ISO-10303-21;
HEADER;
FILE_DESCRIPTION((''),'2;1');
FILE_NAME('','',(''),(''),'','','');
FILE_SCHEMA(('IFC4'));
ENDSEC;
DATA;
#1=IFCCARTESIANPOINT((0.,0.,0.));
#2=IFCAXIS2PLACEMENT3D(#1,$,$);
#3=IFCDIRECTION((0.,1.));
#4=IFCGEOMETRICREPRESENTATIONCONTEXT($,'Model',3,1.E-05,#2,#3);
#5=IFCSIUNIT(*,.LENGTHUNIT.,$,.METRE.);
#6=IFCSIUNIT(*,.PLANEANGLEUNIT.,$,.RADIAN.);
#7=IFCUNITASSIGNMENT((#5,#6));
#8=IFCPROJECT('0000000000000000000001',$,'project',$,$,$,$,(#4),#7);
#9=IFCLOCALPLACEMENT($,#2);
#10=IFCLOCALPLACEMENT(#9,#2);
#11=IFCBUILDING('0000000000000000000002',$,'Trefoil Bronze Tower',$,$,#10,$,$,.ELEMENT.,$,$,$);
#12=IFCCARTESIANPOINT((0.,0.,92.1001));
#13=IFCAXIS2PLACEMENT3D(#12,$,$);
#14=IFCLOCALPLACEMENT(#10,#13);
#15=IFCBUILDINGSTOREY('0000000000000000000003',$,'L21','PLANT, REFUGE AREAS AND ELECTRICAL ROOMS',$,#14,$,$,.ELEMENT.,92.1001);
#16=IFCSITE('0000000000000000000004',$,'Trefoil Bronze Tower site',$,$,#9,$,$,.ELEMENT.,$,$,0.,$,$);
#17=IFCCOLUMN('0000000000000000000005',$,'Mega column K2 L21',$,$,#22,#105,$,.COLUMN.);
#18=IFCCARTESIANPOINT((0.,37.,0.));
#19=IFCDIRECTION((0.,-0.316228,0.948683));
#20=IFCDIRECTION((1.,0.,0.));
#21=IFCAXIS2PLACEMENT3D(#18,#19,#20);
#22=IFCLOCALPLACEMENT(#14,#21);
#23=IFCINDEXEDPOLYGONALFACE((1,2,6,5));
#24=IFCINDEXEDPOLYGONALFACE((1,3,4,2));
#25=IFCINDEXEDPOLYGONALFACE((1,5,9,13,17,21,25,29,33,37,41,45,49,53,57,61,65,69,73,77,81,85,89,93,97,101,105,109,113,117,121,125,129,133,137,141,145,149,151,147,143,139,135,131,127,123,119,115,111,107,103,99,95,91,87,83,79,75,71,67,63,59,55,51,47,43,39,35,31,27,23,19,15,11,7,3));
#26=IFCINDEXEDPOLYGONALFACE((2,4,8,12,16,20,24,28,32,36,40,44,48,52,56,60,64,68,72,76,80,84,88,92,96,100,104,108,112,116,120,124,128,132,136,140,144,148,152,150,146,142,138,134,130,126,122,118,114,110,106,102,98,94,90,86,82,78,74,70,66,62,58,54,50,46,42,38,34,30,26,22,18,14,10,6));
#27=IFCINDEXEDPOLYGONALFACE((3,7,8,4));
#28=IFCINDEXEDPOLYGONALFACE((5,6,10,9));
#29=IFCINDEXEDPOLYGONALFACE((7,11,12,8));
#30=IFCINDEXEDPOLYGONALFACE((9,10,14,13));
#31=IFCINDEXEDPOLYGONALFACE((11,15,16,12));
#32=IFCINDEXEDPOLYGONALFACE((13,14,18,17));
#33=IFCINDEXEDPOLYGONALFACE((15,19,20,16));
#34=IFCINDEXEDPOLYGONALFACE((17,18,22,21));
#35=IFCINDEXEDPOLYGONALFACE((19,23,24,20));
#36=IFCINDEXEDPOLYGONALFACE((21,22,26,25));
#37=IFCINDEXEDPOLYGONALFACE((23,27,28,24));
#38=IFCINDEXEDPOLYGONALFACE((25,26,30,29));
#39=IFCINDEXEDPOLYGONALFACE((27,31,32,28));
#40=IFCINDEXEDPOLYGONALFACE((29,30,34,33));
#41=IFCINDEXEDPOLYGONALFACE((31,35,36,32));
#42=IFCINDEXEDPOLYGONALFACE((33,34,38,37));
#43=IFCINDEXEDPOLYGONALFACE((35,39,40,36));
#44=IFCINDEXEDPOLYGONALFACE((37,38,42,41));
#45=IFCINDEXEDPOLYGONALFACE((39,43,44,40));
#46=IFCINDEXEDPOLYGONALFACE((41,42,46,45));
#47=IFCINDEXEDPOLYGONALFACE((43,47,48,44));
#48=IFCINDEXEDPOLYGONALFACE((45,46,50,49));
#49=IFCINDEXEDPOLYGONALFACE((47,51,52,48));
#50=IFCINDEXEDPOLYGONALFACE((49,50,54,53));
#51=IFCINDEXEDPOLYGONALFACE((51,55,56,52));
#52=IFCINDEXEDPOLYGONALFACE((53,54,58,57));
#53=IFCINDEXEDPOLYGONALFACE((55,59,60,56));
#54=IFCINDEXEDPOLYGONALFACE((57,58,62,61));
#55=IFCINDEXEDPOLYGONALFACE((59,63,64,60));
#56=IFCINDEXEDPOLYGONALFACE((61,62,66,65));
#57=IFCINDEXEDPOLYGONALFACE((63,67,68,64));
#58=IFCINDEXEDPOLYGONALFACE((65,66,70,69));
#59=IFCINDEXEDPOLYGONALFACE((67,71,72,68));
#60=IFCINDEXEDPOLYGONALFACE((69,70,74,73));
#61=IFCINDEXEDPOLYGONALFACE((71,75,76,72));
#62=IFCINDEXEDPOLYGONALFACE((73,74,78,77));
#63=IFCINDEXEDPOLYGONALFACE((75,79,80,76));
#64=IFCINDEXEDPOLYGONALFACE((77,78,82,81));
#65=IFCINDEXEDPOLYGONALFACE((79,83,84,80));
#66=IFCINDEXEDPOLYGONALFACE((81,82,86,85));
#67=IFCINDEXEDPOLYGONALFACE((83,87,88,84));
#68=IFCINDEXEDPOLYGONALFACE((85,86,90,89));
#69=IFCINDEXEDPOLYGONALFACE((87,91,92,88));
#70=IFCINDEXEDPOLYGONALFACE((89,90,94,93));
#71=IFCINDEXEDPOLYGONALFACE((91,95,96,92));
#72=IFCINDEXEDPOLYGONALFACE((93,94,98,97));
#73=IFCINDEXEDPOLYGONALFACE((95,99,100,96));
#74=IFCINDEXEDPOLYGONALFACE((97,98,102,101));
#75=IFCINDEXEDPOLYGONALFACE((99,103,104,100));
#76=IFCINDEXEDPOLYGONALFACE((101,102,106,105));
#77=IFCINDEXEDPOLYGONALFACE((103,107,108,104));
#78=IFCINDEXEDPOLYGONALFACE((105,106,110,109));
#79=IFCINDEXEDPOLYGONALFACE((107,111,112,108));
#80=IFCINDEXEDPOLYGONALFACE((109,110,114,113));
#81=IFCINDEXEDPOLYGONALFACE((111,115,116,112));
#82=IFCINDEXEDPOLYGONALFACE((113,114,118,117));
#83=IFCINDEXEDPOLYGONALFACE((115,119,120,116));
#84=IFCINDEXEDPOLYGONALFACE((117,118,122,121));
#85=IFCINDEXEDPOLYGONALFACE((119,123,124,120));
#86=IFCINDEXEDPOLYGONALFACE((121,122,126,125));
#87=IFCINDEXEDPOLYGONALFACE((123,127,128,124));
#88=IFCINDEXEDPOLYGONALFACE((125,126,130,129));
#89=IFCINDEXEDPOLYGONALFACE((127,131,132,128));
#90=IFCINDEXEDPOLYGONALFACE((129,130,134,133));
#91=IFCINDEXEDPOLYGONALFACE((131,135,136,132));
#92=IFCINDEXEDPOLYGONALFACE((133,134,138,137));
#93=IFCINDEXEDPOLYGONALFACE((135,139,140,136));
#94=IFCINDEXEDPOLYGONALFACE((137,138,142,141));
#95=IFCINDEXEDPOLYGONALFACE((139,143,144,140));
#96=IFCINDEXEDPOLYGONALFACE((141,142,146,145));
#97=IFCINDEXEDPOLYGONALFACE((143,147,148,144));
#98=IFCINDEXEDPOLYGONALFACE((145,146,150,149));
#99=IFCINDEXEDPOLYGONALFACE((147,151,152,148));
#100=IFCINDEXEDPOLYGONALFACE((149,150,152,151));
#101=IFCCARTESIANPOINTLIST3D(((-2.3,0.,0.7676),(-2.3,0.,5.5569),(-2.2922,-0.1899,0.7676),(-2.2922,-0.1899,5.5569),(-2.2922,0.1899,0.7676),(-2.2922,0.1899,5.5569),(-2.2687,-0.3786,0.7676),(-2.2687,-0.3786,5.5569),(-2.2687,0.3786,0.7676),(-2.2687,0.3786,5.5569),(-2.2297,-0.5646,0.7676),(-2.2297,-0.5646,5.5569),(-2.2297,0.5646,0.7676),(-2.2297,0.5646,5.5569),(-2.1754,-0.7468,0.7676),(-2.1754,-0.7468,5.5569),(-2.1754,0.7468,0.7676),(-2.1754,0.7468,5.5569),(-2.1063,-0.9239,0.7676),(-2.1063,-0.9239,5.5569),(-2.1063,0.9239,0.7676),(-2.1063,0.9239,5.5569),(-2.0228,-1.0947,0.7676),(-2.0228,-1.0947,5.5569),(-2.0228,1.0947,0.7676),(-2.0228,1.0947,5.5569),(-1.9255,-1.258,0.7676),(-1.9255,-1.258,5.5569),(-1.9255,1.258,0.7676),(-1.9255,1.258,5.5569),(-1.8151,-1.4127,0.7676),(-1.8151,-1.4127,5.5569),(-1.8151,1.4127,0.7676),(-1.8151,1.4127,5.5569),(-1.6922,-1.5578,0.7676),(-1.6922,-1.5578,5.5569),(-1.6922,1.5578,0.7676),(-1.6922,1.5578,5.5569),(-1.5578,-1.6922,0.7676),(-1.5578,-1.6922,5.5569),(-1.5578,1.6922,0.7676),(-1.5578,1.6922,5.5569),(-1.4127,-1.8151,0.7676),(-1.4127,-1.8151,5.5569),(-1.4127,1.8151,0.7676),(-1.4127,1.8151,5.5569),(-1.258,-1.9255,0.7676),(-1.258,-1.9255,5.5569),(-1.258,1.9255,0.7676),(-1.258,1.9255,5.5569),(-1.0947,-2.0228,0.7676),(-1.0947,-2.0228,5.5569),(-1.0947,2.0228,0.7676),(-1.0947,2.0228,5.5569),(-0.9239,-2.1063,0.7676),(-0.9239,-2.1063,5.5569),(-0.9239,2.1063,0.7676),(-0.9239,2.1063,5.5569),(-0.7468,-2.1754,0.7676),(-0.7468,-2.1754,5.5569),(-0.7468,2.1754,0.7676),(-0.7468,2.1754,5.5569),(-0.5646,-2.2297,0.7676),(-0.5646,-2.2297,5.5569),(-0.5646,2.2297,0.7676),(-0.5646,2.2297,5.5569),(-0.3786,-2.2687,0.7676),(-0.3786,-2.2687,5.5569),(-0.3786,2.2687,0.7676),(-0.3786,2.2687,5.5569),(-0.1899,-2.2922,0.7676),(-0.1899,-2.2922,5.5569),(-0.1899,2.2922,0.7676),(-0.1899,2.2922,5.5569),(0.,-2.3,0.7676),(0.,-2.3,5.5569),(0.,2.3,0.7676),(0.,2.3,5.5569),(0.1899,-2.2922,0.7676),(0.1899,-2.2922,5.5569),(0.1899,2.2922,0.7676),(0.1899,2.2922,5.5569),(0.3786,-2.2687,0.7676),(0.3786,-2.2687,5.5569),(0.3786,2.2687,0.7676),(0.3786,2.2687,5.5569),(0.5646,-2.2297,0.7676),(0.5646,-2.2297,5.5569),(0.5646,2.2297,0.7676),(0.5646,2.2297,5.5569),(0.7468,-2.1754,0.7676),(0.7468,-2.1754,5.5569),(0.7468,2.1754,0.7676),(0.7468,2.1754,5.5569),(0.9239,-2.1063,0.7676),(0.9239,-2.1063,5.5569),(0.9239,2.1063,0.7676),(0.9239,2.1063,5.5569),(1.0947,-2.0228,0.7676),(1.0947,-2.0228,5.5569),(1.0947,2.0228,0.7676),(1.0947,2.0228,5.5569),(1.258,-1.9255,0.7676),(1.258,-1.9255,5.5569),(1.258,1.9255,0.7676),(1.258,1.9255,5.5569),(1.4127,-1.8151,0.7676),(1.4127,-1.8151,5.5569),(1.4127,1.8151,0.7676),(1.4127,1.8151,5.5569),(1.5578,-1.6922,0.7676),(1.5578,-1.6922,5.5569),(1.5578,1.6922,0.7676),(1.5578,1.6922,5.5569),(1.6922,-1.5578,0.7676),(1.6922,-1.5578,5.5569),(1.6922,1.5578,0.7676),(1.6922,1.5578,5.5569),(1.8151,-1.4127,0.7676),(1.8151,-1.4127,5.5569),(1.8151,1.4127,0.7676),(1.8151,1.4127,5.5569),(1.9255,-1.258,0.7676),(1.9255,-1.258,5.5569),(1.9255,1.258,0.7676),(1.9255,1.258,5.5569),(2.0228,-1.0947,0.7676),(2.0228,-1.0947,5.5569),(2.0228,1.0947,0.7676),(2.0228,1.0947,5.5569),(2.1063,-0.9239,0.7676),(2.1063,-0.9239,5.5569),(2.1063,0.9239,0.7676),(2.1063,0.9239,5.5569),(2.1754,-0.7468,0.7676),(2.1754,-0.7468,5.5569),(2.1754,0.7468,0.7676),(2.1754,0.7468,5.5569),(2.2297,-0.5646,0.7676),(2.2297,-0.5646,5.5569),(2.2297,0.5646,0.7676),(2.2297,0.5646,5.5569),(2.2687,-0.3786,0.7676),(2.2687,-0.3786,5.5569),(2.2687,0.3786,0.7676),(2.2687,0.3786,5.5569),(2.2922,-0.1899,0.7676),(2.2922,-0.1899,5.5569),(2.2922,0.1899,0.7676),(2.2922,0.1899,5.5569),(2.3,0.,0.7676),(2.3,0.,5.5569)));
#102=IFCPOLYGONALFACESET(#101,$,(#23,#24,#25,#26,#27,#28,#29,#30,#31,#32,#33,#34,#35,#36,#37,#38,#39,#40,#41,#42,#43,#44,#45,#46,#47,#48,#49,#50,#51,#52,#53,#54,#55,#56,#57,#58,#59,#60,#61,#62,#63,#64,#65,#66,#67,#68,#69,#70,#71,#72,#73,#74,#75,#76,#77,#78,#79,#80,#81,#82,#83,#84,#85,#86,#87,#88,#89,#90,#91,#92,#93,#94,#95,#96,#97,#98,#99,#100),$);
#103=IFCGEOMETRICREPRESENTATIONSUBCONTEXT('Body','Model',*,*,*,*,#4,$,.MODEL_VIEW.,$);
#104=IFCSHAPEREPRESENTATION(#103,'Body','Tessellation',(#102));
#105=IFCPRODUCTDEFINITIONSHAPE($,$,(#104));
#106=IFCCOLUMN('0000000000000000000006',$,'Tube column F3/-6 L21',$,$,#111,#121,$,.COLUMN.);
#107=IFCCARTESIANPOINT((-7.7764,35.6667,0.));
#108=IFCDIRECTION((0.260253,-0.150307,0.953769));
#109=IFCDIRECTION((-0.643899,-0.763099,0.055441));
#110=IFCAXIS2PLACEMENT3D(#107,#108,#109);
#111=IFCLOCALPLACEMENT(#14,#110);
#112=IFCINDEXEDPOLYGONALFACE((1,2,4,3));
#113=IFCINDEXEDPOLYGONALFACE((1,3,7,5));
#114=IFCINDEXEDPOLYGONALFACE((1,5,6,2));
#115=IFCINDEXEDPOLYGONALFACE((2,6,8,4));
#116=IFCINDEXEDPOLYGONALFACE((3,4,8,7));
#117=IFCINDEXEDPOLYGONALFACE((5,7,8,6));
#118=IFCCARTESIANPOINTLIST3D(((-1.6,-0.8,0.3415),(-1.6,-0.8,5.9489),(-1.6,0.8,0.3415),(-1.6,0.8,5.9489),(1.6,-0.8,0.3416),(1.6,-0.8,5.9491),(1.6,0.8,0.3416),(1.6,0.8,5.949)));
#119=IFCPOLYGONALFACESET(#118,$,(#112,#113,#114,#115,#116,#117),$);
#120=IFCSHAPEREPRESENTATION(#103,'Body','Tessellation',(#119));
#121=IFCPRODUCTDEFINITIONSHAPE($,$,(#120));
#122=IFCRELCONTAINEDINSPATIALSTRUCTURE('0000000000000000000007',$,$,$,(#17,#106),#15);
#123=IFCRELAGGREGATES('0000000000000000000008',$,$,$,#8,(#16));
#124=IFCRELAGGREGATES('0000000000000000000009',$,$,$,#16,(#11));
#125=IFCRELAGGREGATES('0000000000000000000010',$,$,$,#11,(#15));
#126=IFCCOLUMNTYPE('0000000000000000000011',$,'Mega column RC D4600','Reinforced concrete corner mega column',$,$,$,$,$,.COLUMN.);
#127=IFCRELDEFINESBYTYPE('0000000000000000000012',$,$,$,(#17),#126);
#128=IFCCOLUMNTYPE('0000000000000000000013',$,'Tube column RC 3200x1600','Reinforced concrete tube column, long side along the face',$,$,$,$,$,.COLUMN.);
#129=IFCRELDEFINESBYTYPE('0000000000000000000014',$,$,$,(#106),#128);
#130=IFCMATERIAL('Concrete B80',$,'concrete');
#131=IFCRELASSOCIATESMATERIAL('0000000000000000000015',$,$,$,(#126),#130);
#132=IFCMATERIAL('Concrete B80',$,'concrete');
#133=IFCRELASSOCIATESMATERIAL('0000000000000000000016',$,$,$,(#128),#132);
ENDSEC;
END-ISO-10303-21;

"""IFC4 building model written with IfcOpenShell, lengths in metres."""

from ifc_helpers import new_model, si_unit, direction, frame, origin, origin_2d, place, context, subcontext, project, spatial, rectangle, circle, extrude, clip, halfspace, material, material_profile, profile_set, type_object, element, save


model = new_model("IFC4")

# Units and contexts
model_context = context("Model", 3, precision=1e-05, world=origin(), true_north=direction((0.0, 1.0)))
body_context = subcontext(model_context, "Body", "Model", "MODEL_VIEW")
ifc_project = project(units=[si_unit("LENGTHUNIT", "METRE"), si_unit("PLANEANGLEUNIT", "RADIAN")], contexts=[model_context])

# Site, building, storey
site_placement = place(None, origin())
site = spatial("IfcSite", under=ifc_project, at=site_placement, Name="Trefoil Bronze Tower site", CompositionType="ELEMENT", RefElevation=0.0)
building_placement = place(site_placement, origin())
building = spatial("IfcBuilding", under=site, at=building_placement, Name="Trefoil Bronze Tower", CompositionType="ELEMENT")
storey_placement = place(building_placement, frame((0.0, 0.0, 92.1001)))
storey = spatial("IfcBuildingStorey", under=building, at=storey_placement, Name="L21", Description="PLANT, REFUGE AREAS AND ELECTRICAL ROOMS", CompositionType="ELEMENT", Elevation=92.1001)

# Columns
ifc_material_1 = material(Name="Concrete B80", Category="concrete")
ifc_material_profile_1 = material_profile(ifc_material_1, circle(Radius=2.3, at=origin_2d()), Name="RC D4600")
ifc_profile_set_1 = profile_set([ifc_material_profile_1], Name="Concrete B80")
column_type_1 = type_object("IfcColumnType", Name="Mega column RC D4600", Description="Reinforced concrete corner mega column", PredefinedType="COLUMN", material=ifc_profile_set_1)
column_1_placement = place(storey_placement, frame((0.0, 37.0, 0.0), z_axis=(0.0, -0.316228, 0.948683), x_axis=(1.0, 0.0, 0.0)))
element("IfcColumn", 1, at=column_1_placement, inside=storey, type_object=column_type_1, Name="Mega column K2 L21", PredefinedType="COLUMN", context=body_context, shape_type="Clipping", body=[
    clip(clip(extrude(circle(Radius=2.3, at=origin_2d()), origin(), (0.0, 0.0, 1.0), 6.3245), halfspace(frame((0.0, 0.0, 0.7676), z_axis=(0.0, 0.0, 1.0), x_axis=(0.0, 1.0, 0.0)), True)), halfspace(frame((0.0, 0.0, 5.5569), z_axis=(0.0, 0.0, -1.0), x_axis=(0.0, -1.0, 0.0)), True)),
])
ifc_material_2 = material(Name="Concrete B80", Category="concrete")
ifc_material_profile_2 = material_profile(ifc_material_2, rectangle(XDim=3.2, YDim=1.6001, at=origin_2d()), Name="RC 3200x1600")
ifc_profile_set_2 = profile_set([ifc_material_profile_2], Name="Concrete B80")
column_type_2 = type_object("IfcColumnType", Name="Tube column RC 3200x1600", Description="Reinforced concrete tube column, long side along the face", PredefinedType="COLUMN", material=ifc_profile_set_2)
column_2_placement = place(storey_placement, frame((-7.7764, 35.6667, 0.0), z_axis=(0.260253, -0.150307, 0.953769), x_axis=(-0.643899, -0.763099, 0.055441)))
element("IfcColumn", 2, at=column_2_placement, inside=storey, type_object=column_type_2, Name="Tube column F3/-6 L21", PredefinedType="COLUMN", context=body_context, shape_type="Clipping", body=[
    clip(clip(extrude(rectangle(XDim=3.2, YDim=1.6001, at=origin_2d()), origin(), (0.0, 0.0, 1.0), 6.2908), halfspace(frame((0.0, 0.0, 0.3416), z_axis=(-0.000045, 0.000007, 1.0), x_axis=(0.0, 1.0, -0.000007)), True)), halfspace(frame((-0.0002, 0.0, 5.949), z_axis=(0.000045, -0.000007, -1.0), x_axis=(0.0, -1.0, 0.000007)), True)),
])

save(model, "model.ifc")
